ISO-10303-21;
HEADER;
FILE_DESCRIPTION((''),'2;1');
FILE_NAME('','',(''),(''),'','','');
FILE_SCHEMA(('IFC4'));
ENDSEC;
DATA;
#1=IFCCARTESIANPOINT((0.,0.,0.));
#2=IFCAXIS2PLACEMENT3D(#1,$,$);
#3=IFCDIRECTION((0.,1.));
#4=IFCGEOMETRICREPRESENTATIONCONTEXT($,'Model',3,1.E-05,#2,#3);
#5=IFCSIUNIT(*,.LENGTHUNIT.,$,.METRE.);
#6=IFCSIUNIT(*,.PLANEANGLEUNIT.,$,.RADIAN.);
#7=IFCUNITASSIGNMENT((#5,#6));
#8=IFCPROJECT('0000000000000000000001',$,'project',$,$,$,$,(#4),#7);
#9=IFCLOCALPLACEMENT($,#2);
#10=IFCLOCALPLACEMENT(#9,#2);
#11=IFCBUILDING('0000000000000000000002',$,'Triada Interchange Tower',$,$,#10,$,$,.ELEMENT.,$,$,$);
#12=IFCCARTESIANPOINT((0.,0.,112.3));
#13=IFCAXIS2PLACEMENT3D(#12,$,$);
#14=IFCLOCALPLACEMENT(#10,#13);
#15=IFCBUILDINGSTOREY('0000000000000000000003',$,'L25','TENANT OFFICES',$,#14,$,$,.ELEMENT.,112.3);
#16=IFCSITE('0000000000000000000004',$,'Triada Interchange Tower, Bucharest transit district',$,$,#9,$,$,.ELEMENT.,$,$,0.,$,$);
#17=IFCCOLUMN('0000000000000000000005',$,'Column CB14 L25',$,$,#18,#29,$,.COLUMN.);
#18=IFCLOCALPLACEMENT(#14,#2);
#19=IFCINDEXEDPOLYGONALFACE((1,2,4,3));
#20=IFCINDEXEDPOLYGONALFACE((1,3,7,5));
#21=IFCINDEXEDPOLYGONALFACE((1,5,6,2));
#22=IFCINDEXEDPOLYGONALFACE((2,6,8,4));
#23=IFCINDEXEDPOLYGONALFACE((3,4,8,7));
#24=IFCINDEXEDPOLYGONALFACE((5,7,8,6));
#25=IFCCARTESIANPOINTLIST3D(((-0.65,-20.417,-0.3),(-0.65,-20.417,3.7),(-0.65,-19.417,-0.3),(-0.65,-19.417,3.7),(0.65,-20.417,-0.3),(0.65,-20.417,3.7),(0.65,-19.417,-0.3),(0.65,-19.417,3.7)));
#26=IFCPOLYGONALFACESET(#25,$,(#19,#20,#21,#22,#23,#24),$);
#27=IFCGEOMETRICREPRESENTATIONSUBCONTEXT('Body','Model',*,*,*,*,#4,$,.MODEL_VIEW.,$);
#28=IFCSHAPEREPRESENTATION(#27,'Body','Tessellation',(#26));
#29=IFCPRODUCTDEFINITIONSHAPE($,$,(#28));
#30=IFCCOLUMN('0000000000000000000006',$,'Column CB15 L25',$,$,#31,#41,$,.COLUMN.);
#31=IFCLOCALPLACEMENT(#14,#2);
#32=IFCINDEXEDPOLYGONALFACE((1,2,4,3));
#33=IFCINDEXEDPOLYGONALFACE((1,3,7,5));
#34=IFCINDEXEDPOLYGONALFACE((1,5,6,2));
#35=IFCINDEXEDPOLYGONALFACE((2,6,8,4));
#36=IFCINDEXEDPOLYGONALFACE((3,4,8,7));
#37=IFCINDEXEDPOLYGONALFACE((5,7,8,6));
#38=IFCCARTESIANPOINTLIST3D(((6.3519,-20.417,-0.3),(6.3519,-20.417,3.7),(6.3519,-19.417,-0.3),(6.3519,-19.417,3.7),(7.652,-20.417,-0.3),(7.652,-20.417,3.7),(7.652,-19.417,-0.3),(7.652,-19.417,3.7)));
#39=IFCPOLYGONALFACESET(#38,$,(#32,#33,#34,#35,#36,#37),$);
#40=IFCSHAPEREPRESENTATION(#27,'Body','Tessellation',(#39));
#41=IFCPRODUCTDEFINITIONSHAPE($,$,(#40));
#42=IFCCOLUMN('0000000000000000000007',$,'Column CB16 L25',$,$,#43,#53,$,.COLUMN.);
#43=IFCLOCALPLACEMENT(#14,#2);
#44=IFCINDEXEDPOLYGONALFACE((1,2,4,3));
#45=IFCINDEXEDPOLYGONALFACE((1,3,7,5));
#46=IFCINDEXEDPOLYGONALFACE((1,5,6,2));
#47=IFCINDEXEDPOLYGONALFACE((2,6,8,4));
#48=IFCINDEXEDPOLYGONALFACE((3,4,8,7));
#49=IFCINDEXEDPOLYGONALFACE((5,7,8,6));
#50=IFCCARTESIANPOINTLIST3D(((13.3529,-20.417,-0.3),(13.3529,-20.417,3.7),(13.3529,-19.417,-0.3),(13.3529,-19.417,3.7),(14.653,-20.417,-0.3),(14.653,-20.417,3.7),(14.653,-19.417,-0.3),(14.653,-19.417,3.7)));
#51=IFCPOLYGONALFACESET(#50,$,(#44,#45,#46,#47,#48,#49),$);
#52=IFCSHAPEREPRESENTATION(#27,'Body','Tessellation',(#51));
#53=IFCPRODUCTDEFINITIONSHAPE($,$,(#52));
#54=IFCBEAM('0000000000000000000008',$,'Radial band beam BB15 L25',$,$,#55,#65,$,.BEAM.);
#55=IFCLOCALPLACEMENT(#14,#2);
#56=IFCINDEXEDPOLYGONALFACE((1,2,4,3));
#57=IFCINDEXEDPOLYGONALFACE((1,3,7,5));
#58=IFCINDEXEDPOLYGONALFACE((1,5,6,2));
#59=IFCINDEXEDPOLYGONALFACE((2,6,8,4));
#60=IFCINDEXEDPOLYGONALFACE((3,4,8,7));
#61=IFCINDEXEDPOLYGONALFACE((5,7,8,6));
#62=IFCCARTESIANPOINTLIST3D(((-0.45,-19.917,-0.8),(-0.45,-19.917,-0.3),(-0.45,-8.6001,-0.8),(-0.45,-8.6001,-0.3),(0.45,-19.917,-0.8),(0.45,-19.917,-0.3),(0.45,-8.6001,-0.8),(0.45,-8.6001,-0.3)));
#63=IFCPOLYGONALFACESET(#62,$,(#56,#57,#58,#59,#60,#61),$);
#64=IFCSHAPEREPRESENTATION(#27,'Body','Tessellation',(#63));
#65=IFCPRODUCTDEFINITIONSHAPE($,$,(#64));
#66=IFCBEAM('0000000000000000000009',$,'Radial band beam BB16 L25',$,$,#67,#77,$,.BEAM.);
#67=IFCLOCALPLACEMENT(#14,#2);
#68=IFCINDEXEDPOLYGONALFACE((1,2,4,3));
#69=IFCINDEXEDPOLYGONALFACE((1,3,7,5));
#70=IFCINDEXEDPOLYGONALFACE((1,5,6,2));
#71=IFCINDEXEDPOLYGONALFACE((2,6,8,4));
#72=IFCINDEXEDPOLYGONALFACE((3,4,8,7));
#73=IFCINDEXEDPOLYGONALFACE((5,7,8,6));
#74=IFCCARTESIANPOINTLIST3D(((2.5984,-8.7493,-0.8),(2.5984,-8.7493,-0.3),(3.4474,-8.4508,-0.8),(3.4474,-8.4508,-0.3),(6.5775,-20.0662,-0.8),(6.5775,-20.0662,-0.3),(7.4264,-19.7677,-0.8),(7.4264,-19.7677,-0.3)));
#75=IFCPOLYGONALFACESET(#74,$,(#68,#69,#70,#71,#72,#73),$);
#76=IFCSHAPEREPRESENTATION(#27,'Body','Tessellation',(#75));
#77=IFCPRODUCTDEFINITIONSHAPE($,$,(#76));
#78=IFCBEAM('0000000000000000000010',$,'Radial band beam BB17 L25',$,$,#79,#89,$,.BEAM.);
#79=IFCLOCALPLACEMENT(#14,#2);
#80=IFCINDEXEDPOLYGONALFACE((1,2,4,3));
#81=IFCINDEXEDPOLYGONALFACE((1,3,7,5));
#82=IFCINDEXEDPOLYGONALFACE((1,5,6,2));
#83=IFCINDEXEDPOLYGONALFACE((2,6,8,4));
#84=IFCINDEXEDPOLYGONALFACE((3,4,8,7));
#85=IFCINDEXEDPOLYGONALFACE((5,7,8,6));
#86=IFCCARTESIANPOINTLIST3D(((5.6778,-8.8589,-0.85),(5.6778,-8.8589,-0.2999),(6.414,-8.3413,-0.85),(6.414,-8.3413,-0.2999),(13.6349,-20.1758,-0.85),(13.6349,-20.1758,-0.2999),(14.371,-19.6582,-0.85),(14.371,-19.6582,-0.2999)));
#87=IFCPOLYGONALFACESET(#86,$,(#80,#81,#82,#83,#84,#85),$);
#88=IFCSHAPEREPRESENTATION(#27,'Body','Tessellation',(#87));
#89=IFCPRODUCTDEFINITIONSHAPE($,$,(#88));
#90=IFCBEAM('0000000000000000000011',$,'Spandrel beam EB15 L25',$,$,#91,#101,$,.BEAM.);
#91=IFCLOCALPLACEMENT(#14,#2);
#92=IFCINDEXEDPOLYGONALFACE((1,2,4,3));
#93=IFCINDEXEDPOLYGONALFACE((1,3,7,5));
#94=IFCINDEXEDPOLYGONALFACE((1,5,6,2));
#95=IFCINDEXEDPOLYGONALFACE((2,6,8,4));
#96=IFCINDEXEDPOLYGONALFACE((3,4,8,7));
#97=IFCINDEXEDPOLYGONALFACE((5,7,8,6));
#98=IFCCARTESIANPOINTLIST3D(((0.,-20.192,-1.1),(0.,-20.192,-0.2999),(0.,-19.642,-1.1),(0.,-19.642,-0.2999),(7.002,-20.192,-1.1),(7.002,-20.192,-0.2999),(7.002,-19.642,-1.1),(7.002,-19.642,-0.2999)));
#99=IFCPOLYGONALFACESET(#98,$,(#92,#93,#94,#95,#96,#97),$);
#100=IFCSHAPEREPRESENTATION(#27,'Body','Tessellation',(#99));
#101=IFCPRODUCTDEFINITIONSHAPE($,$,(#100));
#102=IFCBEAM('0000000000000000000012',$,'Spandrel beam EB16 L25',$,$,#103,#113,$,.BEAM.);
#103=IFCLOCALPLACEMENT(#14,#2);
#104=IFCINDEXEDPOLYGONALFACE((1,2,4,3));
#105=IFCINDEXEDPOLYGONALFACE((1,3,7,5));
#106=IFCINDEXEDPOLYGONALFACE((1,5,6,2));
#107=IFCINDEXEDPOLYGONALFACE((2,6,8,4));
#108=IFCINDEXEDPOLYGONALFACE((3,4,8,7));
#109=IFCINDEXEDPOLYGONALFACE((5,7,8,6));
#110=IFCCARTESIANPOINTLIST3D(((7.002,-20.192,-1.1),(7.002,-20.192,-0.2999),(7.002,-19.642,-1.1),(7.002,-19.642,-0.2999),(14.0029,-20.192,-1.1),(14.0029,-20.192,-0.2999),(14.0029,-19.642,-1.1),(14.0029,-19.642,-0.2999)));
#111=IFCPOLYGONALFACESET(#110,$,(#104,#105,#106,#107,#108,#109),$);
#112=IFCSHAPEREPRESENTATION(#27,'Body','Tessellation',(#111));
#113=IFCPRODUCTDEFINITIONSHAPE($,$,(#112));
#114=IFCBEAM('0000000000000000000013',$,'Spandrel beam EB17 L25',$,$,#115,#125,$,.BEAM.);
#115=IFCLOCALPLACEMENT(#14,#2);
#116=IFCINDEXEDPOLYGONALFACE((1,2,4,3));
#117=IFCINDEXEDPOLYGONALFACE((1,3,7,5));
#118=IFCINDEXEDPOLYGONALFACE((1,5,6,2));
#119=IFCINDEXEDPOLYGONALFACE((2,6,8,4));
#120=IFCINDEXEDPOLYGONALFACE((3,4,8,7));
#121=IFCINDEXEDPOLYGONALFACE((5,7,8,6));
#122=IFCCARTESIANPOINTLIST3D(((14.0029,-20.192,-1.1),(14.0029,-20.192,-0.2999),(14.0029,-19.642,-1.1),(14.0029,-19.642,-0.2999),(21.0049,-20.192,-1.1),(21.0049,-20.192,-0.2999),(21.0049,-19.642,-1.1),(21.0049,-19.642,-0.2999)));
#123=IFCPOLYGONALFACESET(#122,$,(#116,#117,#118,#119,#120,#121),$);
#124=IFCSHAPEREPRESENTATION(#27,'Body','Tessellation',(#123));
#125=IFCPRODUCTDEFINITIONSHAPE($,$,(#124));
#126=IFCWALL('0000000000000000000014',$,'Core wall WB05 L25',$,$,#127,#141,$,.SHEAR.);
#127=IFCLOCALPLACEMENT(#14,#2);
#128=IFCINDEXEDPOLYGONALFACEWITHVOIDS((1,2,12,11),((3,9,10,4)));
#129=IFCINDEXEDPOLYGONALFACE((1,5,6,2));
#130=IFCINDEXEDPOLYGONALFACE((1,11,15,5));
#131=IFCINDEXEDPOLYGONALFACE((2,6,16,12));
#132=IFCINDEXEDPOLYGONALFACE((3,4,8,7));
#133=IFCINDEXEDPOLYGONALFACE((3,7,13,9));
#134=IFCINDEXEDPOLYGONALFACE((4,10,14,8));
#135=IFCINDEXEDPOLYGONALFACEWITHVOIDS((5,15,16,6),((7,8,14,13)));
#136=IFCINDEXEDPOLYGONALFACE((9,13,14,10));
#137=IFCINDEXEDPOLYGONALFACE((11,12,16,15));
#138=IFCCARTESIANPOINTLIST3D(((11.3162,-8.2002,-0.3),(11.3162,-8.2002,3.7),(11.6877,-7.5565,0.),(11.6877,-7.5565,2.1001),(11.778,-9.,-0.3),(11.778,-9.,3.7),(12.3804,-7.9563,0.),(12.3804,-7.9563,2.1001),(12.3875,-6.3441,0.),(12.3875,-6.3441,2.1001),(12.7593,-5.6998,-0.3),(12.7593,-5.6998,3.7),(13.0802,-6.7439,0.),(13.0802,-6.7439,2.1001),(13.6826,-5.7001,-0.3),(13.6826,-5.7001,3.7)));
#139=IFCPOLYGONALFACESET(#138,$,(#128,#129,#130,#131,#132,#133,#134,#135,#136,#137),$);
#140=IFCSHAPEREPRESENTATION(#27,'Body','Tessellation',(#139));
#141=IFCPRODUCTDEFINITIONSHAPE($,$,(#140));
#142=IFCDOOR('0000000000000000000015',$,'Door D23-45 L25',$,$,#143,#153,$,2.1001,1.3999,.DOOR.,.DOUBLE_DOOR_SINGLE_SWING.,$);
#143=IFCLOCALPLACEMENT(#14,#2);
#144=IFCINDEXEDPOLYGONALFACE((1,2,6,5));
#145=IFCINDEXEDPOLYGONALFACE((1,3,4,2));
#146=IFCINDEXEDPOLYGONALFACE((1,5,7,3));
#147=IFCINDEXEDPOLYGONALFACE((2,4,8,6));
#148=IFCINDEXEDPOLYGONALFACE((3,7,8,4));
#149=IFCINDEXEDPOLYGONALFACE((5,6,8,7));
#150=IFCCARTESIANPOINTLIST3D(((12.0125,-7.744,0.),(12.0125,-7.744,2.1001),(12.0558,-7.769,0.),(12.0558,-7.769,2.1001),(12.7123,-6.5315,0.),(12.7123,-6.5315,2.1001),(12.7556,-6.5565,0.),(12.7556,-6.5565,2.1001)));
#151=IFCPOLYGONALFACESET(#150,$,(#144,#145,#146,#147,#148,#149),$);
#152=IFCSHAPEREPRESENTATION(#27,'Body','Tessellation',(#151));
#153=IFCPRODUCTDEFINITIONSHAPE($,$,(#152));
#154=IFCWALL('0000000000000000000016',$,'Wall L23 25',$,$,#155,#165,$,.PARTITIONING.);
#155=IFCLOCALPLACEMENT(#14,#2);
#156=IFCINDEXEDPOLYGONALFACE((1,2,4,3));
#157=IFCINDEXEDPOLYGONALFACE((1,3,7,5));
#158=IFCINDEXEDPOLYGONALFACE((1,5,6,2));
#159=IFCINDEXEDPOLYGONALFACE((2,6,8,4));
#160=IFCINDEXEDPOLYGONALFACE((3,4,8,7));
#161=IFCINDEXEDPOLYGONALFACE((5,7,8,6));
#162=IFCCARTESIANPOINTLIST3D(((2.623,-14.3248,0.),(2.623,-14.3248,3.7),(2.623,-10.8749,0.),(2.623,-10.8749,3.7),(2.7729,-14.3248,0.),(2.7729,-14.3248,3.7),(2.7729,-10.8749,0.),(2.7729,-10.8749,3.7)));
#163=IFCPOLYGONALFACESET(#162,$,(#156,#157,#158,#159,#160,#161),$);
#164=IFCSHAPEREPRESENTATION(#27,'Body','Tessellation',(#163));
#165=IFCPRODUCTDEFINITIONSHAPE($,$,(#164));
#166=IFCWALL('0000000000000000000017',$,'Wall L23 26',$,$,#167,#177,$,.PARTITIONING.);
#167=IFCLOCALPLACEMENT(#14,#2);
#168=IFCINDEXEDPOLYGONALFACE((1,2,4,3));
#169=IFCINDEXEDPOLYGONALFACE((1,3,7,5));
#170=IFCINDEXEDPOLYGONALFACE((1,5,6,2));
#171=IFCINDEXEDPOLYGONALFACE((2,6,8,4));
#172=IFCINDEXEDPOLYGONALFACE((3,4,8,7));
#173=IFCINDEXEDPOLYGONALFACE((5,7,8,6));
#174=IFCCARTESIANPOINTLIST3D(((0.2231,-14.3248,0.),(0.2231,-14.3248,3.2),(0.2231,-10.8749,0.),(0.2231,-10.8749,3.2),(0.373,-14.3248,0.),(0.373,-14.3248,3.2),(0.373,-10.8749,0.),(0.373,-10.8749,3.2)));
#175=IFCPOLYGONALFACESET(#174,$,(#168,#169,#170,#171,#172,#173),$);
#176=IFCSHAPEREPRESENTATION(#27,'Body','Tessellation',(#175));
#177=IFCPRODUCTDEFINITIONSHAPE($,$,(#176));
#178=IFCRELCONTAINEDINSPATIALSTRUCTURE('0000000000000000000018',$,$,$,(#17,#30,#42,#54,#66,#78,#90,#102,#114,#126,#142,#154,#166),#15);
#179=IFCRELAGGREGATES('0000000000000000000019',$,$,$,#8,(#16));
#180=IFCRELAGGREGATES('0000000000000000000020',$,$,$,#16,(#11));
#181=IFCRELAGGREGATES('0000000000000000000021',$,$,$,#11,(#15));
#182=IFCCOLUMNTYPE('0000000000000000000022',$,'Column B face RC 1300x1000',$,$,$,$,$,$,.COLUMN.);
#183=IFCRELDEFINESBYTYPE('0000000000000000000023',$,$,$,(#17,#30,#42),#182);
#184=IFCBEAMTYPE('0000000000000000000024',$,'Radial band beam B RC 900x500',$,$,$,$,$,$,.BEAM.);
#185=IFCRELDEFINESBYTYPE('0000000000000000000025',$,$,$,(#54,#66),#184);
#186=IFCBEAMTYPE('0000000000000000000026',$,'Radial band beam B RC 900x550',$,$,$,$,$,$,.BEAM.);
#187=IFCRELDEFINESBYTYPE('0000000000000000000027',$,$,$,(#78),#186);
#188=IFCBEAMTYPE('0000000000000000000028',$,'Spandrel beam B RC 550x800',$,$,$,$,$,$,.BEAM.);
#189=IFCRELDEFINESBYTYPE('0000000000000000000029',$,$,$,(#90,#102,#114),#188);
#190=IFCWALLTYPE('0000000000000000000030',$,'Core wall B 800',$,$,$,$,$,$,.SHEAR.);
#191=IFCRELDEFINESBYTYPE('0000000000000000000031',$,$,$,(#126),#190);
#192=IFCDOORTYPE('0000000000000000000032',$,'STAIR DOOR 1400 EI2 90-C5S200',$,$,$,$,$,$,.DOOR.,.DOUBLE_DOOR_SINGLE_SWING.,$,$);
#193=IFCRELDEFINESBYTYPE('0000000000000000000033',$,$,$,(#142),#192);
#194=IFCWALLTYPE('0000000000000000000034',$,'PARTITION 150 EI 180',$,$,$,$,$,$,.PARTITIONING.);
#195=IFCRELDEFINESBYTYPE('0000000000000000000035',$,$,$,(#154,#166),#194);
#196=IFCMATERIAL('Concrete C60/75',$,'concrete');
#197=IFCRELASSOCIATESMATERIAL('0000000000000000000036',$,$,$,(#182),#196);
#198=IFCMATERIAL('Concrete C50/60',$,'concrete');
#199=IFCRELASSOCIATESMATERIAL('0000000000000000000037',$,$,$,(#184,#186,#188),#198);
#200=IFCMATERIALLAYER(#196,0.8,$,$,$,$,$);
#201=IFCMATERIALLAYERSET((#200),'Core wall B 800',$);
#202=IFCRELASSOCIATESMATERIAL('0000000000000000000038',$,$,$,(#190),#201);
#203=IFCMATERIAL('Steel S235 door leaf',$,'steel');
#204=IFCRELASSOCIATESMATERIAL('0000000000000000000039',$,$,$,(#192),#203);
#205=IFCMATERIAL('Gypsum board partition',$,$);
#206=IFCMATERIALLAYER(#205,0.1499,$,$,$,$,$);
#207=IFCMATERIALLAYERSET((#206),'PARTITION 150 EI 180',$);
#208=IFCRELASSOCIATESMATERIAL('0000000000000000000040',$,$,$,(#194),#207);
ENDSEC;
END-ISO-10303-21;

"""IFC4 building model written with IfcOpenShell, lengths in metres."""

from ifc_helpers import new_model, si_unit, direction, frame, frame_2d, origin, origin_2d, place, context, subcontext, project, spatial, polyline, rectangle, outline, extrude, material, layer, layer_set, material_profile, profile_set, type_object, element, fill, save


model = new_model("IFC4")

# Units and contexts
model_context = context("Model", 3, precision=1e-05, world=origin(), true_north=direction((0.0, 1.0)))
body_context = subcontext(model_context, "Body", "Model", "MODEL_VIEW")
ifc_project = project(units=[si_unit("LENGTHUNIT", "METRE"), si_unit("PLANEANGLEUNIT", "RADIAN")], contexts=[model_context])

# Site, building, storey
site_placement = place(None, origin())
site = spatial("IfcSite", under=ifc_project, at=site_placement, Name="Triada Interchange Tower, Bucharest transit district", CompositionType="ELEMENT", RefElevation=0.0)
building_placement = place(site_placement, origin())
building = spatial("IfcBuilding", under=site, at=building_placement, Name="Triada Interchange Tower", CompositionType="ELEMENT")
storey_placement = place(building_placement, frame((0.0, 0.0, 112.3)))
storey = spatial("IfcBuildingStorey", under=building, at=storey_placement, Name="L25", Description="TENANT OFFICES", CompositionType="ELEMENT", Elevation=112.3)

# Columns
ifc_material_1 = material(Name="Concrete C60/75", Category="concrete")
ifc_material_profile_1 = material_profile(ifc_material_1, rectangle(XDim=1.3, YDim=1.0, at=origin_2d()), Name="RC 1300x1000")
ifc_profile_set_1 = profile_set([ifc_material_profile_1], Name="Concrete C60/75")
column_type = type_object("IfcColumnType", Name="Column B face RC 1300x1000", PredefinedType="COLUMN", material=ifc_profile_set_1)
for number, where, z_axis, x_axis, name in (
    (1, (0.0, -19.917, -0.3), (0.0, 0.0, 1.0), (1.0, 0.0, 0.0), "Column CB14 L25"),
    (2, (7.002, -19.917, -0.3), (0.0, 0.0, 1.0), (1.0, 0.0, 0.0), "Column CB15 L25"),
    (3, (14.0029, -19.917, -0.3), (0.0, 0.0, 1.0), (1.0, 0.0, 0.0), "Column CB16 L25"),
):
    element("IfcColumn", number, at=place(storey_placement, frame(where, z_axis=z_axis, x_axis=x_axis)), inside=storey, type_object=column_type, Name=name, PredefinedType="COLUMN", context=body_context, shape_type="SweptSolid", body=[
        extrude(rectangle(XDim=1.3, YDim=1.0, at=origin_2d()), origin(), (0.0, 0.0, 1.0), 4.0),
    ])

# Beams
ifc_material_2 = material(Name="Concrete C50/60", Category="concrete")
ifc_material_profile_2 = material_profile(ifc_material_2, rectangle(XDim=0.8999, YDim=0.5, at=origin_2d()), Name="RC 900x500")
ifc_profile_set_2 = profile_set([ifc_material_profile_2], Name="Concrete C50/60")
beam_type_1 = type_object("IfcBeamType", Name="Radial band beam B RC 900x500", PredefinedType="BEAM", material=ifc_profile_set_2)
beam_1_placement = place(storey_placement, frame((0.0, -19.917, -0.55), z_axis=(0.0, 1.0, 0.0), x_axis=(-1.0, 0.0, 0.0)))
element("IfcBeam", 4, at=beam_1_placement, inside=storey, type_object=beam_type_1, Name="Radial band beam BB15 L25", PredefinedType="BEAM", context=body_context, shape_type="SweptSolid", body=[
    extrude(rectangle(XDim=0.8999, YDim=0.5, at=origin_2d()), origin(), (0.0, 0.0, 1.0), 11.3169),
])
beam_2_placement = place(storey_placement, frame((7.002, -19.917, -0.55), z_axis=(-0.331694, 0.943387, 0.0), x_axis=(-0.943387, -0.331694, 0.0)))
element("IfcBeam", 5, at=beam_2_placement, inside=storey, type_object=beam_type_1, Name="Radial band beam BB16 L25", PredefinedType="BEAM", context=body_context, shape_type="SweptSolid", body=[
    extrude(rectangle(XDim=0.8999, YDim=0.5, at=origin_2d()), origin(), (0.0, 0.0, 1.0), 11.9961),
])
ifc_material_profile_3 = material_profile(ifc_material_2, rectangle(XDim=0.8999, YDim=0.55, at=origin_2d()), Name="RC 900x550")
ifc_profile_set_3 = profile_set([ifc_material_profile_3], Name="Concrete C50/60")
beam_type_2 = type_object("IfcBeamType", Name="Radial band beam B RC 900x550", PredefinedType="BEAM", material=ifc_profile_set_3)
beam_3_placement = place(storey_placement, frame((14.0029, -19.917, -0.575), z_axis=(-0.575169, 0.818035, 0.0), x_axis=(-0.818035, -0.575169, 0.0)))
element("IfcBeam", 6, at=beam_3_placement, inside=storey, type_object=beam_type_2, Name="Radial band beam BB17 L25", PredefinedType="BEAM", context=body_context, shape_type="SweptSolid", body=[
    extrude(rectangle(XDim=0.8999, YDim=0.55, at=origin_2d()), origin(), (0.0, 0.0, 1.0), 13.8342),
])
ifc_material_profile_4 = material_profile(ifc_material_2, rectangle(XDim=0.55, YDim=0.8, at=origin_2d()), Name="RC 550x800")
ifc_profile_set_4 = profile_set([ifc_material_profile_4], Name="Concrete C50/60")
beam_type_3 = type_object("IfcBeamType", Name="Spandrel beam B RC 550x800", PredefinedType="BEAM", material=ifc_profile_set_4)
beam_4_placement = place(storey_placement, frame((0.0, -19.917, -0.7), z_axis=(1.0, 0.0, 0.0), x_axis=(0.0, 1.0, 0.0)))
element("IfcBeam", 7, at=beam_4_placement, inside=storey, type_object=beam_type_3, Name="Spandrel beam EB15 L25", PredefinedType="BEAM", context=body_context, shape_type="SweptSolid", body=[
    extrude(rectangle(XDim=0.55, YDim=0.8, at=origin_2d()), origin(), (0.0, 0.0, 1.0), 7.002),
])
beam_5_placement = place(storey_placement, frame((7.002, -19.917, -0.7), z_axis=(1.0, 0.0, 0.0), x_axis=(0.0, 1.0, 0.0)))
element("IfcBeam", 8, at=beam_5_placement, inside=storey, type_object=beam_type_3, Name="Spandrel beam EB16 L25", PredefinedType="BEAM", context=body_context, shape_type="SweptSolid", body=[
    extrude(rectangle(XDim=0.55, YDim=0.8, at=origin_2d()), origin(), (0.0, 0.0, 1.0), 7.001),
])
beam_6_placement = place(storey_placement, frame((14.0029, -19.917, -0.7), z_axis=(1.0, 0.0, 0.0), x_axis=(0.0, 1.0, 0.0)))
element("IfcBeam", 9, at=beam_6_placement, inside=storey, type_object=beam_type_3, Name="Spandrel beam EB17 L25", PredefinedType="BEAM", context=body_context, shape_type="SweptSolid", body=[
    extrude(rectangle(XDim=0.55, YDim=0.8, at=origin_2d()), origin(), (0.0, 0.0, 1.0), 7.002),
])

# Wall, opening, door
ifc_layer_1 = layer(ifc_material_1, 0.8)
ifc_layer_set_1 = layer_set([ifc_layer_1], Name="Core wall B 800")
wall_type_1 = type_object("IfcWallType", Name="Core wall B 800", PredefinedType="SHEAR", material=ifc_layer_set_1)
wall_1_placement = place(storey_placement, frame((11.5471, -8.6001, -0.3), z_axis=(0.0, 0.0, 1.0), x_axis=(0.499872, 0.866099, 0.0)))
wall_1 = element("IfcWall", 10, at=wall_1_placement, inside=storey, type_object=wall_type_1, Name="Core wall WB05 L25", PredefinedType="SHEAR", context=body_context, shape_type="SweptSolid", body=[
    extrude(outline(polyline([(-0.231, -0.3999), (1.6741, -0.3999), (3.5791, -0.3999), (3.1179, 0.3999), (1.6743, 0.3999), (0.231, 0.3999), (-0.231, -0.3999)])), origin(), (0.0, 0.0, 1.0), 4.0),
])
opening_placement = place(wall_1_placement, frame((0.9741, 0.0, 0.3)))
opening = element("IfcOpeningElement", 11, at=opening_placement, cuts=wall_1, PredefinedType="OPENING", context=body_context, shape_type="SweptSolid", body=[
    extrude(rectangle(XDim=1.3999, YDim=2.1001, at=frame_2d((0.7, 1.05))), frame((0.0, 0.4099, 0.0), z_axis=(0.0, -1.0, 0.0), x_axis=(1.0, 0.0, 0.0)), (0.0, 0.0, 1.0), 0.8201),
])
ifc_material_3 = material(Name="Steel S235 door leaf", Category="steel")
door_type = type_object("IfcDoorType", Name="STAIR DOOR 1400 EI2 90-C5S200", OperationType="DOUBLE_DOOR_SINGLE_SWING", PredefinedType="DOOR", material=ifc_material_3)
door_placement = place(opening_placement, origin())
door = element("IfcDoor", 12, at=door_placement, inside=storey, type_object=door_type, Name="Door D23-45 L25", OperationType="DOUBLE_DOOR_SINGLE_SWING", OverallHeight=2.1001, OverallWidth=1.3999, PredefinedType="DOOR", context=body_context, shape_type="SweptSolid", body=[
    extrude(rectangle(XDim=1.3999, YDim=2.1001, at=frame_2d((0.7, 1.05))), frame((0.0, 0.0249, 0.0), z_axis=(0.0, -1.0, 0.0), x_axis=(1.0, 0.0, 0.0)), (0.0, 0.0, 1.0), 0.05),
])
fill(opening, door)

# Walls
ifc_material_4 = material(Name="Gypsum board partition")
ifc_layer_2 = layer(ifc_material_4, 0.1499)
ifc_layer_set_2 = layer_set([ifc_layer_2], Name="PARTITION 150 EI 180")
wall_type_2 = type_object("IfcWallType", Name="PARTITION 150 EI 180", PredefinedType="PARTITIONING", material=ifc_layer_set_2)
wall_2_placement = place(storey_placement, frame((2.698, -14.325, 0.0), z_axis=(0.0, 0.0, 1.0), x_axis=(0.0, 1.0, 0.0)))
element("IfcWall", 13, at=wall_2_placement, inside=storey, type_object=wall_type_2, Name="Wall L23 25", PredefinedType="PARTITIONING", context=body_context, shape_type="SweptSolid", body=[
    extrude(rectangle(XDim=3.45, YDim=0.1499, at=frame_2d((1.7251, 0.0))), origin(), (0.0, 0.0, 1.0), 3.7),
])
wall_3_placement = place(storey_placement, frame((0.2981, -14.325, 0.0), z_axis=(0.0, 0.0, 1.0), x_axis=(0.0, 1.0, 0.0)))
element("IfcWall", 14, at=wall_3_placement, inside=storey, type_object=wall_type_2, Name="Wall L23 26", PredefinedType="PARTITIONING", context=body_context, shape_type="SweptSolid", body=[
    extrude(rectangle(XDim=3.45, YDim=0.1499, at=frame_2d((1.7251, 0.0))), origin(), (0.0, 0.0, 1.0), 3.2),
])

save(model, "model.ifc")
